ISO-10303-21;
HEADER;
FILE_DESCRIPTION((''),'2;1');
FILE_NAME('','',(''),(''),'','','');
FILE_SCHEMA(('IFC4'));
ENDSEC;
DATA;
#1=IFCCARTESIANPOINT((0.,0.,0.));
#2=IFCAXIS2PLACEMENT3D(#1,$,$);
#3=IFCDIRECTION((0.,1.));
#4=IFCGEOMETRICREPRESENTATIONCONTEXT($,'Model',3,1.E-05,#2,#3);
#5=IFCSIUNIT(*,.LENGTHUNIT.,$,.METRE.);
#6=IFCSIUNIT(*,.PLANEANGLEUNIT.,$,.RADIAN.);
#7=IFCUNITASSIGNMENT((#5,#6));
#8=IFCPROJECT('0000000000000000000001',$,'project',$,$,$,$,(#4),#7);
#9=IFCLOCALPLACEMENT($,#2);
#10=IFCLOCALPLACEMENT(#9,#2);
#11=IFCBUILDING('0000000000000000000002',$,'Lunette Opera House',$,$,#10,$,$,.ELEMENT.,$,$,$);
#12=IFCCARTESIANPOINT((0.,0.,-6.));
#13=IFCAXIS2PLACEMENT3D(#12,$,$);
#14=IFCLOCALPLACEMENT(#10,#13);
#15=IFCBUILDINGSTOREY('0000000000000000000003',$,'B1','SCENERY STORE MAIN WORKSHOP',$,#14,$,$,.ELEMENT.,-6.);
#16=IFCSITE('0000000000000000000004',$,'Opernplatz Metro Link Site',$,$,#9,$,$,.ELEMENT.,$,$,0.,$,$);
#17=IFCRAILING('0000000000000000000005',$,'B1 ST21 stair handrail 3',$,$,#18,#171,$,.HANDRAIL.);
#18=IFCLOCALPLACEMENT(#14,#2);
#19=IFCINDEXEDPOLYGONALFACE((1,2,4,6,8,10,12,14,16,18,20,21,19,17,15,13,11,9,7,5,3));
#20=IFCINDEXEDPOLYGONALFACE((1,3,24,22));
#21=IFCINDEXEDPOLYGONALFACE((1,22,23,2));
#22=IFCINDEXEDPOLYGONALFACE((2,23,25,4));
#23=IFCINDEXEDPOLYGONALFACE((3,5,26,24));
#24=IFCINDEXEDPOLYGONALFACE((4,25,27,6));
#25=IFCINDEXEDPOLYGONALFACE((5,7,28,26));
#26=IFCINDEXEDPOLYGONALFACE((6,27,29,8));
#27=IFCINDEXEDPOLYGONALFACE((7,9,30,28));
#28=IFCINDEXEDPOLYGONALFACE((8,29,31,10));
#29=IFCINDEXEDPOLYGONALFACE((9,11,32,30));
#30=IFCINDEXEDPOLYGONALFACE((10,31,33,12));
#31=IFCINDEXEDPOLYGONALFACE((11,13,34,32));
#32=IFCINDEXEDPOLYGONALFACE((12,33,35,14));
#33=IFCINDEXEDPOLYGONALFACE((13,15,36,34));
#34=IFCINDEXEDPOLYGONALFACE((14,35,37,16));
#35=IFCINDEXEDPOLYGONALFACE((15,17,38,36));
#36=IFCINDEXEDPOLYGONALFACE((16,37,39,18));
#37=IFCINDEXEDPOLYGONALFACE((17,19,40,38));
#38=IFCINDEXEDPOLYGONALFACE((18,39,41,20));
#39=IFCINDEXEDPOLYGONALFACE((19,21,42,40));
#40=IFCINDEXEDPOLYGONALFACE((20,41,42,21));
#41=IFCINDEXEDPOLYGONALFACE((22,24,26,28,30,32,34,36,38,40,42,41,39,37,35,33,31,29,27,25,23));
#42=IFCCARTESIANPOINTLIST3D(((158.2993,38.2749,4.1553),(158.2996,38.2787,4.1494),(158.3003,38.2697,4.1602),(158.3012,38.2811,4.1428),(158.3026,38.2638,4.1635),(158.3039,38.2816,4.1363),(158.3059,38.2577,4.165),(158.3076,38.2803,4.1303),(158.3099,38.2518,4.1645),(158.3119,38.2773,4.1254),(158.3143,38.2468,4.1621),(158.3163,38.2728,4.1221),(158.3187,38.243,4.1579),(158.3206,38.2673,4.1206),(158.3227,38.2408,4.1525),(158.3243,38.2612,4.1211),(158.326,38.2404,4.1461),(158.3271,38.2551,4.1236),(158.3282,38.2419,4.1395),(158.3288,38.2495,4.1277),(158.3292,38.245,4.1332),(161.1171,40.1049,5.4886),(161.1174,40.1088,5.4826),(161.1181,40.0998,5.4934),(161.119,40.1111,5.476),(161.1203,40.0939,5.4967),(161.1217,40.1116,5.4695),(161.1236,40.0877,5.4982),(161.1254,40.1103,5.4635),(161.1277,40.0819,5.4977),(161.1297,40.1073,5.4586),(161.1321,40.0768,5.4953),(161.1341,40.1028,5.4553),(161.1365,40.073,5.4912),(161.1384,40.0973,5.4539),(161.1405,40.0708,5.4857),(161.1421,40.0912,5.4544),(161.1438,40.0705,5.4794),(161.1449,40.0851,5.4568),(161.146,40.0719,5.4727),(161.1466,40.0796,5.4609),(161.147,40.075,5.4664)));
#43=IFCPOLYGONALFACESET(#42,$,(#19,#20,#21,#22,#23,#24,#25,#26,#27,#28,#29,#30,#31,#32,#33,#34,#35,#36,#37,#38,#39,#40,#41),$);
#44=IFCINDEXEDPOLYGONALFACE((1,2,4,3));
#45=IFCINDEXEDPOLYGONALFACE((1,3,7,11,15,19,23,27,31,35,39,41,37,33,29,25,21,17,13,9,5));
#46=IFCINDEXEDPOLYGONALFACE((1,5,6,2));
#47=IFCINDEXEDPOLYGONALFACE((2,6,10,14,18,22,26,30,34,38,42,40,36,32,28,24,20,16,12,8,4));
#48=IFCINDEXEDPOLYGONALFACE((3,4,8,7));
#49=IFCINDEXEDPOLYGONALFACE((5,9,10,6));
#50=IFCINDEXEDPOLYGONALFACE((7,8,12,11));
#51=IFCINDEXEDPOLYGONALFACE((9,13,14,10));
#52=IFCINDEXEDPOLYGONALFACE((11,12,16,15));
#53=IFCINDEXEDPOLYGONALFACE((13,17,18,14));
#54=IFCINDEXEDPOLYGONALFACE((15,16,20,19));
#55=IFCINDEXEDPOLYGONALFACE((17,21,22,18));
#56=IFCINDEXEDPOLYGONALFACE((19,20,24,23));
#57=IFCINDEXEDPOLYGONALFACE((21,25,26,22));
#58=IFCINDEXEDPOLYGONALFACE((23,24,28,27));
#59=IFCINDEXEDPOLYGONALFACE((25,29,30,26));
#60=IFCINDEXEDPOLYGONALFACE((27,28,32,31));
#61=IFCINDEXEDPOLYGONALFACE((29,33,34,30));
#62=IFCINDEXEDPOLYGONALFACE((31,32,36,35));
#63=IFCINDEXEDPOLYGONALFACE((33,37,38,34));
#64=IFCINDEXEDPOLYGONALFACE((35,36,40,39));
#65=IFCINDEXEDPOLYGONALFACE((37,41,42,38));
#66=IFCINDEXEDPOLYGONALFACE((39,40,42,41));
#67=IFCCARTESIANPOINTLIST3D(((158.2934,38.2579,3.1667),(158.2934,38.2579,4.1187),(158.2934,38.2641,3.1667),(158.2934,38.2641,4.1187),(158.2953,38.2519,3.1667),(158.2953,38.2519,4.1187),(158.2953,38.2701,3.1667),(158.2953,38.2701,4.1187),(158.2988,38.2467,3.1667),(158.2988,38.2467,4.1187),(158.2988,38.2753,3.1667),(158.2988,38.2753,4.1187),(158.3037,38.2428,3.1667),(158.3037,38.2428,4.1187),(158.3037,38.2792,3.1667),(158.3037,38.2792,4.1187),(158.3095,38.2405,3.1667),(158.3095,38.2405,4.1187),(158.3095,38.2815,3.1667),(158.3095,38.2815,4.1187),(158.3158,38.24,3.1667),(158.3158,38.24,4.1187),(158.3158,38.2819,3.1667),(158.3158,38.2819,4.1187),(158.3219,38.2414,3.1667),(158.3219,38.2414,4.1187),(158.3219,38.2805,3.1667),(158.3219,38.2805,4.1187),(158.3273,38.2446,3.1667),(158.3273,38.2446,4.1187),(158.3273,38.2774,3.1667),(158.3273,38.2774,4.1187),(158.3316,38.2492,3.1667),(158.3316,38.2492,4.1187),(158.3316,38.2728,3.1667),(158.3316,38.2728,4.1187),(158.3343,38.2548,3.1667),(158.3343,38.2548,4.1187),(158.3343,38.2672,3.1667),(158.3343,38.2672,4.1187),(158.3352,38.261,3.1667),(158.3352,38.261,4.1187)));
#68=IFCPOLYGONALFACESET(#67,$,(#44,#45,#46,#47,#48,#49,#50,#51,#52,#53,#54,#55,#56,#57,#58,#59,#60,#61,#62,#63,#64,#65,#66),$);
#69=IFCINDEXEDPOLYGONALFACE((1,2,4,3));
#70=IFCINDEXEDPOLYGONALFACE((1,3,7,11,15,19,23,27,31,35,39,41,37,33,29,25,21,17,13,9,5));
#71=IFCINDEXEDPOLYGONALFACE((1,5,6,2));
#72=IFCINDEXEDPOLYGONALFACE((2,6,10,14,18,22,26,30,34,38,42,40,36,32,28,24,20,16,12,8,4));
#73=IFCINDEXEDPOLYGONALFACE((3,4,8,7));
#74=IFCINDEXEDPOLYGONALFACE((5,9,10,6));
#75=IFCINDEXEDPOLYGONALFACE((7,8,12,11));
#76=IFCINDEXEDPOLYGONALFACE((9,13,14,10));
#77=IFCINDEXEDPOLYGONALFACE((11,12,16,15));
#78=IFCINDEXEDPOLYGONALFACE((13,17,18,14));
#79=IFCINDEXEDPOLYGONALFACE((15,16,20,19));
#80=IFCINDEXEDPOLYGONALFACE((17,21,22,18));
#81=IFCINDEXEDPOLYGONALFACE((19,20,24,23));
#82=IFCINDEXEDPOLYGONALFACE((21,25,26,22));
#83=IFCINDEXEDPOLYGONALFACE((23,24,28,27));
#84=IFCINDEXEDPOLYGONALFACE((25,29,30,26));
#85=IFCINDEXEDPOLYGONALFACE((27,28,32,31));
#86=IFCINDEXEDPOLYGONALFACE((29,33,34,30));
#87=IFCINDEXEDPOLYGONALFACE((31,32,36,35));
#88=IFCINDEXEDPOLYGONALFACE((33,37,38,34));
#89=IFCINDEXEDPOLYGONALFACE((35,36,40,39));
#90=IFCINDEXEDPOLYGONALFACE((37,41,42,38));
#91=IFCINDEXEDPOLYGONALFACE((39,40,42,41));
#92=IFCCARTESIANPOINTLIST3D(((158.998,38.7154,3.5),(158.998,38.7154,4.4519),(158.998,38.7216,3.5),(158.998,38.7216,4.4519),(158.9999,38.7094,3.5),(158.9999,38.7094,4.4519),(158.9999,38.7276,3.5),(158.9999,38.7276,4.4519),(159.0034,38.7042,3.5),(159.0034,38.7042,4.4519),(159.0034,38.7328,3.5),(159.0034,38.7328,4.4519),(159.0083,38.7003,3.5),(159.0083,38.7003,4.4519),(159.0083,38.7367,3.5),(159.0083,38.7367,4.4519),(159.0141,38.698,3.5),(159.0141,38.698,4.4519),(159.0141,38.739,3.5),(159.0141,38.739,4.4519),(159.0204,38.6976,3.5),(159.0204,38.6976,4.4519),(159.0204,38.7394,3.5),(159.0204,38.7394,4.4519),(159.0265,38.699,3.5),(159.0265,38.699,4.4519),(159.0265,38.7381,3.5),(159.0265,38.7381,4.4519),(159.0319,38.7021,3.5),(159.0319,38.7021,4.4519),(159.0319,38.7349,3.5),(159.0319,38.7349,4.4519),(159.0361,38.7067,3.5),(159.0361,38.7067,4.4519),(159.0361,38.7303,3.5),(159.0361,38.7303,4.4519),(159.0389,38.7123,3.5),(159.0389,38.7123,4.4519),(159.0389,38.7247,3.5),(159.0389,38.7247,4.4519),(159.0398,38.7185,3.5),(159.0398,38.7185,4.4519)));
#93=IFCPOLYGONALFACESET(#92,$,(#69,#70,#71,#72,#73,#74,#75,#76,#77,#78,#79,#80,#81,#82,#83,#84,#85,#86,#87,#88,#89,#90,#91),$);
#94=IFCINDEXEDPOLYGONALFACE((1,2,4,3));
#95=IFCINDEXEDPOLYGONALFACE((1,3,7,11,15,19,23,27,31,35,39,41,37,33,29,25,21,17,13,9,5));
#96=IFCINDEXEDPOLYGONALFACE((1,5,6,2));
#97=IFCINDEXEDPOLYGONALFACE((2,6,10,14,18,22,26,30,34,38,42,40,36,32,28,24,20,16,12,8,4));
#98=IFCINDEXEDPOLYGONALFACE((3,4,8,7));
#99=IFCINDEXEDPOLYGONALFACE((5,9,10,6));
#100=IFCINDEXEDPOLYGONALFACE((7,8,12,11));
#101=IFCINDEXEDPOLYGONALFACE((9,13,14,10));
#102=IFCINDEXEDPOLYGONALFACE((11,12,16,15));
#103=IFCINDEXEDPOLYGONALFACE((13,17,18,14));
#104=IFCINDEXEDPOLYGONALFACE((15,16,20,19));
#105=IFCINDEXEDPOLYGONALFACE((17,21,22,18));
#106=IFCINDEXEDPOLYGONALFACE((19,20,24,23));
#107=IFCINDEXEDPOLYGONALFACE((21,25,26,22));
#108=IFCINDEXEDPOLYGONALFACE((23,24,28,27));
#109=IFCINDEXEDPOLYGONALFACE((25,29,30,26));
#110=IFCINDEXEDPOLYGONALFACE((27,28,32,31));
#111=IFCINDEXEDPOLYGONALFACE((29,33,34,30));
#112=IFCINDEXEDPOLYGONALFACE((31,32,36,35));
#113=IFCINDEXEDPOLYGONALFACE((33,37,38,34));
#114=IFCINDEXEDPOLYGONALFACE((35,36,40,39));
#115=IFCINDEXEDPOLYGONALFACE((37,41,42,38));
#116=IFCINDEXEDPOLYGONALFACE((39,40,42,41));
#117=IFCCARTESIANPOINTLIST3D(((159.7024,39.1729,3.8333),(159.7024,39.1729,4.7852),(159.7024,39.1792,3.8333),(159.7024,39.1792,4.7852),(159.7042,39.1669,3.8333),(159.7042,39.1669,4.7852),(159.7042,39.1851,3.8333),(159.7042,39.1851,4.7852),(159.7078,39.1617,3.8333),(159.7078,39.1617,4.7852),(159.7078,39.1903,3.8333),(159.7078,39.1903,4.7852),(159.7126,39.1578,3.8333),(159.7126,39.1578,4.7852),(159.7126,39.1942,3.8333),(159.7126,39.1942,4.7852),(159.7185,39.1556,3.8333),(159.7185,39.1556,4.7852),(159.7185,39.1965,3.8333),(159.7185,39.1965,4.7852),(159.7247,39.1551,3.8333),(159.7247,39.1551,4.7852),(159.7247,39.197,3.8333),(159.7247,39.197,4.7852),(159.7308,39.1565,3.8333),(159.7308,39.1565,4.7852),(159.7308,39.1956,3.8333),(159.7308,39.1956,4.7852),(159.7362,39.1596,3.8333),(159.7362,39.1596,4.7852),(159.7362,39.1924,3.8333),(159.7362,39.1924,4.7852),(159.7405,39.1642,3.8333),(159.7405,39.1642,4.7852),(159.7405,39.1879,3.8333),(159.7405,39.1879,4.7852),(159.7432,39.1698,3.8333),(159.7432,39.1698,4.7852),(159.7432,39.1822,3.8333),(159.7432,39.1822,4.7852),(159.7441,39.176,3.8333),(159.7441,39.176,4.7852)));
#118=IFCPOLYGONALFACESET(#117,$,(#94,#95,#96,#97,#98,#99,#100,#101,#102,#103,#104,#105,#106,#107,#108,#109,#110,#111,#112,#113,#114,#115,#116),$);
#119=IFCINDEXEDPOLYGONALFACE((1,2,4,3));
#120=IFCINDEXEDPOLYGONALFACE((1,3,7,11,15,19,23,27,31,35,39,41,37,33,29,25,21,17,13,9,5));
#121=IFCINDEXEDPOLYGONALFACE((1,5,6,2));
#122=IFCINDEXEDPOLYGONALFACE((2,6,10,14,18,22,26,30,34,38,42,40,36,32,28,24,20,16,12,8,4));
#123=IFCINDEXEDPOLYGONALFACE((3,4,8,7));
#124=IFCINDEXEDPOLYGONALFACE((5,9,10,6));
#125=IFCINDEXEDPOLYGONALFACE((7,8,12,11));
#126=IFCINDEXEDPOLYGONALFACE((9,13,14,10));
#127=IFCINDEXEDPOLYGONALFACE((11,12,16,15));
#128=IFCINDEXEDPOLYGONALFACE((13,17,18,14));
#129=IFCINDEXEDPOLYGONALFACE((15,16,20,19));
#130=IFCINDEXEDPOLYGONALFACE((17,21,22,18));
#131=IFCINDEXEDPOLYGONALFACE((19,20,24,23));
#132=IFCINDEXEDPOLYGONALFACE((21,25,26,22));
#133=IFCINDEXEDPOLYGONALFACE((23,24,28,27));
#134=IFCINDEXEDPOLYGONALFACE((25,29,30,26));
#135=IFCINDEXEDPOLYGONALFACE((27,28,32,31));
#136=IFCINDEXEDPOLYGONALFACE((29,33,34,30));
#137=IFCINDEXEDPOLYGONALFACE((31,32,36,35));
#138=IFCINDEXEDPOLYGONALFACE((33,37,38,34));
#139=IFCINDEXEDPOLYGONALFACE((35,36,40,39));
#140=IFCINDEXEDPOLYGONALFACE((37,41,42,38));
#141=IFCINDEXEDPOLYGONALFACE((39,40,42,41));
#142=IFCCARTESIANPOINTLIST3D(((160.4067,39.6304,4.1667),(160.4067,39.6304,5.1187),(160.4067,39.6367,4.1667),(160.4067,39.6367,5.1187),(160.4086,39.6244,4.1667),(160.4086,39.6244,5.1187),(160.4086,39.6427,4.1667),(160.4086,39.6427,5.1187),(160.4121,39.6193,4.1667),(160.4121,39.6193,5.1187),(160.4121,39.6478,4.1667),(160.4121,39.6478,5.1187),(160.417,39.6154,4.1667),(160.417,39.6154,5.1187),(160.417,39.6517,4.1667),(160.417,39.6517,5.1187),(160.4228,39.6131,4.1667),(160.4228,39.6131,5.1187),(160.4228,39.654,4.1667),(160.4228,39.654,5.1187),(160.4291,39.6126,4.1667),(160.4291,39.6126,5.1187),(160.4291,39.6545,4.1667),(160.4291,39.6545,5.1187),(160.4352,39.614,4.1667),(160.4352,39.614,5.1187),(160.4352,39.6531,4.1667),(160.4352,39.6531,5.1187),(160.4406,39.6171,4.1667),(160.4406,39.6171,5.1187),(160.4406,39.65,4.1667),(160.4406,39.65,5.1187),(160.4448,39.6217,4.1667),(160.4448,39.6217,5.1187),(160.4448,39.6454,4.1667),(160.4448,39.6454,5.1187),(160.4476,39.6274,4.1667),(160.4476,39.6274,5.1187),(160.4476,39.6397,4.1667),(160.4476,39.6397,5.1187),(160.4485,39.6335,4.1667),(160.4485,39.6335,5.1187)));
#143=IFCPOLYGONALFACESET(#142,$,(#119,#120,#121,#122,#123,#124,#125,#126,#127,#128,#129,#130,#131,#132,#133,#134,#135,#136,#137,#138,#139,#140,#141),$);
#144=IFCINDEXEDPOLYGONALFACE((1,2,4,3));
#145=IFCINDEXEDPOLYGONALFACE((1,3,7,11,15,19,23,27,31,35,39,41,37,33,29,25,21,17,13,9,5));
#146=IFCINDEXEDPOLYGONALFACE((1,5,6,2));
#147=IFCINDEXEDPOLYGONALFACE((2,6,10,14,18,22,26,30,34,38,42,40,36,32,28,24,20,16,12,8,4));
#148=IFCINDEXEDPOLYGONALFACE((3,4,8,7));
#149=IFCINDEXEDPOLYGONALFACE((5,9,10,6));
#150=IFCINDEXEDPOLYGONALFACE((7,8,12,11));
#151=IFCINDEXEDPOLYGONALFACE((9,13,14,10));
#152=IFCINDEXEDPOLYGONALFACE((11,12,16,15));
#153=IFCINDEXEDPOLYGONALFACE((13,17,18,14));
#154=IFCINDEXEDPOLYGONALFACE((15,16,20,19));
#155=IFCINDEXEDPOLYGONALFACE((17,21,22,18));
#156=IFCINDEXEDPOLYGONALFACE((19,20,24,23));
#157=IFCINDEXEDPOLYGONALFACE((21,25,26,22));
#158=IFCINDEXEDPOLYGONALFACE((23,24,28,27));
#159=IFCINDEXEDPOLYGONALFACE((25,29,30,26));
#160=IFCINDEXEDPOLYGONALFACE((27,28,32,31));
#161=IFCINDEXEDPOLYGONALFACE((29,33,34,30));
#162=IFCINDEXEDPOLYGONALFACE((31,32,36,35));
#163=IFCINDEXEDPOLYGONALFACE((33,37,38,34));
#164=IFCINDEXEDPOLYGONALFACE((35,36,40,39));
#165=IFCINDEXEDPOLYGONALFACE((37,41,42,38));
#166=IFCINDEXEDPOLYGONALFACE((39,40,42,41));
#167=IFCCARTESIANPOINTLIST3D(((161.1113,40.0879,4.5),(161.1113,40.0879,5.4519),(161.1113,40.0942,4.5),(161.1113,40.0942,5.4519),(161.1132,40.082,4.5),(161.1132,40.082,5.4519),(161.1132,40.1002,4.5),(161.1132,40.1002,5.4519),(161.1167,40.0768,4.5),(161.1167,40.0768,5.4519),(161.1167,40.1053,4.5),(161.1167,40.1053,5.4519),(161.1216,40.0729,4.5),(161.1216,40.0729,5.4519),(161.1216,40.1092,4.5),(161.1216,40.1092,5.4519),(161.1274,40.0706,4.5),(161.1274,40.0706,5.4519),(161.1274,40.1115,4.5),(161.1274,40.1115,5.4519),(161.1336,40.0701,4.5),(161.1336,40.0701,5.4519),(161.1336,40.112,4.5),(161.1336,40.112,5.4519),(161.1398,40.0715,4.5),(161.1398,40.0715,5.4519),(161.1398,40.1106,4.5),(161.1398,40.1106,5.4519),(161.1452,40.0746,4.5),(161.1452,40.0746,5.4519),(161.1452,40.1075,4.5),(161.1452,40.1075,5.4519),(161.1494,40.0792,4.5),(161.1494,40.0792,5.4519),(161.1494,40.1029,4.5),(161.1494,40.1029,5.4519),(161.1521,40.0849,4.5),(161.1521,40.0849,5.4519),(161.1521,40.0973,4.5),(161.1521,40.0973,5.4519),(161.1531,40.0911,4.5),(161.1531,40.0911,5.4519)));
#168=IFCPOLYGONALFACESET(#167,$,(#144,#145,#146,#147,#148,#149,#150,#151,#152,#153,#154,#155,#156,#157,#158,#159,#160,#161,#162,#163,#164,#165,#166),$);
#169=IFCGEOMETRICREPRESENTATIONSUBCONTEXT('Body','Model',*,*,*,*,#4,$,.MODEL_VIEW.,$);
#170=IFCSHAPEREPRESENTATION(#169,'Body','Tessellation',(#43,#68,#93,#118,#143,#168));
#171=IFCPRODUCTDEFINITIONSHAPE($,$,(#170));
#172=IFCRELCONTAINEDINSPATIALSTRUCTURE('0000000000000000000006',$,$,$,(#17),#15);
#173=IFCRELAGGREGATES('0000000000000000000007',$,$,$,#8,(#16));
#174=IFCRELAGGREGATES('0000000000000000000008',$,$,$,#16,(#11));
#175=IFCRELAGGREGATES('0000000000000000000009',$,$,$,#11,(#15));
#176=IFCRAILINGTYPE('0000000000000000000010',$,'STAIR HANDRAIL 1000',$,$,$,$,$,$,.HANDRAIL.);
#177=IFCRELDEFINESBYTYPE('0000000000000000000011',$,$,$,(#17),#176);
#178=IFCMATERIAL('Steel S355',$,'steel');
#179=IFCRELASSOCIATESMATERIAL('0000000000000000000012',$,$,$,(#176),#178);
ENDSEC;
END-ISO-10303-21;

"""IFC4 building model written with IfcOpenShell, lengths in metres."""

from ifc_helpers import new_model, si_unit, direction, frame, origin, origin_2d, place, context, subcontext, project, spatial, circle, extrude, material, type_object, element, save


model = new_model("IFC4")

# Units and contexts
model_context = context("Model", 3, precision=1e-05, world=origin(), true_north=direction((0.0, 1.0)))
body_context = subcontext(model_context, "Body", "Model", "MODEL_VIEW")
ifc_project = project(units=[si_unit("LENGTHUNIT", "METRE"), si_unit("PLANEANGLEUNIT", "RADIAN")], contexts=[model_context])

# Site, building, storey
site_placement = place(None, origin())
site = spatial("IfcSite", under=ifc_project, at=site_placement, Name="Opernplatz Metro Link Site", CompositionType="ELEMENT", RefElevation=0.0)
building_placement = place(site_placement, origin())
building = spatial("IfcBuilding", under=site, at=building_placement, Name="Lunette Opera House", CompositionType="ELEMENT")
storey_placement = place(building_placement, frame((0.0, 0.0, -6.0)))
storey = spatial("IfcBuildingStorey", under=building, at=storey_placement, Name="B1", Description="SCENERY STORE MAIN WORKSHOP", CompositionType="ELEMENT", Elevation=-6.0)

# Railing
ifc_material_1 = material(Name="Steel S355", Category="steel")
railing_type_1 = type_object("IfcRailingType", Name="STAIR HANDRAIL 1000", PredefinedType="HANDRAIL", material=ifc_material_1)
for number, where, name in (
    (1, (158.3142, 38.261, 3.1667), "B1 ST21 stair handrail 3"),
):
    element("IfcRailing", number, at=place(storey_placement, frame(where)), inside=storey, type_object=railing_type_1, Name=name, PredefinedType="HANDRAIL", context=body_context, shape_type="SweptSolid", body=[
        extrude(circle(Radius=0.0239, at=origin_2d()), frame((0.0, 0.0, 0.9761), z_axis=(0.779526, 0.506267, 0.368826), x_axis=(-0.544667, 0.838653, 0.0)), (0.0, 0.0, 1.0), 3.6147),
        extrude(circle(Radius=0.021, at=origin_2d()), origin(), (0.0, 0.0, 1.0), 0.9519),
        extrude(circle(Radius=0.021, at=origin_2d()), frame((0.7046, 0.4575, 0.3333)), (0.0, 0.0, 1.0), 0.9519),
        extrude(circle(Radius=0.021, at=origin_2d()), frame((1.4089, 0.915, 0.6665)), (0.0, 0.0, 1.0), 0.9519),
        extrude(circle(Radius=0.021, at=origin_2d()), frame((2.1133, 1.3726, 1.0)), (0.0, 0.0, 1.0), 0.9519),
        extrude(circle(Radius=0.021, at=origin_2d()), frame((2.8179, 1.8301, 1.3333)), (0.0, 0.0, 1.0), 0.9519),
    ])

save(model, "model.ifc")
